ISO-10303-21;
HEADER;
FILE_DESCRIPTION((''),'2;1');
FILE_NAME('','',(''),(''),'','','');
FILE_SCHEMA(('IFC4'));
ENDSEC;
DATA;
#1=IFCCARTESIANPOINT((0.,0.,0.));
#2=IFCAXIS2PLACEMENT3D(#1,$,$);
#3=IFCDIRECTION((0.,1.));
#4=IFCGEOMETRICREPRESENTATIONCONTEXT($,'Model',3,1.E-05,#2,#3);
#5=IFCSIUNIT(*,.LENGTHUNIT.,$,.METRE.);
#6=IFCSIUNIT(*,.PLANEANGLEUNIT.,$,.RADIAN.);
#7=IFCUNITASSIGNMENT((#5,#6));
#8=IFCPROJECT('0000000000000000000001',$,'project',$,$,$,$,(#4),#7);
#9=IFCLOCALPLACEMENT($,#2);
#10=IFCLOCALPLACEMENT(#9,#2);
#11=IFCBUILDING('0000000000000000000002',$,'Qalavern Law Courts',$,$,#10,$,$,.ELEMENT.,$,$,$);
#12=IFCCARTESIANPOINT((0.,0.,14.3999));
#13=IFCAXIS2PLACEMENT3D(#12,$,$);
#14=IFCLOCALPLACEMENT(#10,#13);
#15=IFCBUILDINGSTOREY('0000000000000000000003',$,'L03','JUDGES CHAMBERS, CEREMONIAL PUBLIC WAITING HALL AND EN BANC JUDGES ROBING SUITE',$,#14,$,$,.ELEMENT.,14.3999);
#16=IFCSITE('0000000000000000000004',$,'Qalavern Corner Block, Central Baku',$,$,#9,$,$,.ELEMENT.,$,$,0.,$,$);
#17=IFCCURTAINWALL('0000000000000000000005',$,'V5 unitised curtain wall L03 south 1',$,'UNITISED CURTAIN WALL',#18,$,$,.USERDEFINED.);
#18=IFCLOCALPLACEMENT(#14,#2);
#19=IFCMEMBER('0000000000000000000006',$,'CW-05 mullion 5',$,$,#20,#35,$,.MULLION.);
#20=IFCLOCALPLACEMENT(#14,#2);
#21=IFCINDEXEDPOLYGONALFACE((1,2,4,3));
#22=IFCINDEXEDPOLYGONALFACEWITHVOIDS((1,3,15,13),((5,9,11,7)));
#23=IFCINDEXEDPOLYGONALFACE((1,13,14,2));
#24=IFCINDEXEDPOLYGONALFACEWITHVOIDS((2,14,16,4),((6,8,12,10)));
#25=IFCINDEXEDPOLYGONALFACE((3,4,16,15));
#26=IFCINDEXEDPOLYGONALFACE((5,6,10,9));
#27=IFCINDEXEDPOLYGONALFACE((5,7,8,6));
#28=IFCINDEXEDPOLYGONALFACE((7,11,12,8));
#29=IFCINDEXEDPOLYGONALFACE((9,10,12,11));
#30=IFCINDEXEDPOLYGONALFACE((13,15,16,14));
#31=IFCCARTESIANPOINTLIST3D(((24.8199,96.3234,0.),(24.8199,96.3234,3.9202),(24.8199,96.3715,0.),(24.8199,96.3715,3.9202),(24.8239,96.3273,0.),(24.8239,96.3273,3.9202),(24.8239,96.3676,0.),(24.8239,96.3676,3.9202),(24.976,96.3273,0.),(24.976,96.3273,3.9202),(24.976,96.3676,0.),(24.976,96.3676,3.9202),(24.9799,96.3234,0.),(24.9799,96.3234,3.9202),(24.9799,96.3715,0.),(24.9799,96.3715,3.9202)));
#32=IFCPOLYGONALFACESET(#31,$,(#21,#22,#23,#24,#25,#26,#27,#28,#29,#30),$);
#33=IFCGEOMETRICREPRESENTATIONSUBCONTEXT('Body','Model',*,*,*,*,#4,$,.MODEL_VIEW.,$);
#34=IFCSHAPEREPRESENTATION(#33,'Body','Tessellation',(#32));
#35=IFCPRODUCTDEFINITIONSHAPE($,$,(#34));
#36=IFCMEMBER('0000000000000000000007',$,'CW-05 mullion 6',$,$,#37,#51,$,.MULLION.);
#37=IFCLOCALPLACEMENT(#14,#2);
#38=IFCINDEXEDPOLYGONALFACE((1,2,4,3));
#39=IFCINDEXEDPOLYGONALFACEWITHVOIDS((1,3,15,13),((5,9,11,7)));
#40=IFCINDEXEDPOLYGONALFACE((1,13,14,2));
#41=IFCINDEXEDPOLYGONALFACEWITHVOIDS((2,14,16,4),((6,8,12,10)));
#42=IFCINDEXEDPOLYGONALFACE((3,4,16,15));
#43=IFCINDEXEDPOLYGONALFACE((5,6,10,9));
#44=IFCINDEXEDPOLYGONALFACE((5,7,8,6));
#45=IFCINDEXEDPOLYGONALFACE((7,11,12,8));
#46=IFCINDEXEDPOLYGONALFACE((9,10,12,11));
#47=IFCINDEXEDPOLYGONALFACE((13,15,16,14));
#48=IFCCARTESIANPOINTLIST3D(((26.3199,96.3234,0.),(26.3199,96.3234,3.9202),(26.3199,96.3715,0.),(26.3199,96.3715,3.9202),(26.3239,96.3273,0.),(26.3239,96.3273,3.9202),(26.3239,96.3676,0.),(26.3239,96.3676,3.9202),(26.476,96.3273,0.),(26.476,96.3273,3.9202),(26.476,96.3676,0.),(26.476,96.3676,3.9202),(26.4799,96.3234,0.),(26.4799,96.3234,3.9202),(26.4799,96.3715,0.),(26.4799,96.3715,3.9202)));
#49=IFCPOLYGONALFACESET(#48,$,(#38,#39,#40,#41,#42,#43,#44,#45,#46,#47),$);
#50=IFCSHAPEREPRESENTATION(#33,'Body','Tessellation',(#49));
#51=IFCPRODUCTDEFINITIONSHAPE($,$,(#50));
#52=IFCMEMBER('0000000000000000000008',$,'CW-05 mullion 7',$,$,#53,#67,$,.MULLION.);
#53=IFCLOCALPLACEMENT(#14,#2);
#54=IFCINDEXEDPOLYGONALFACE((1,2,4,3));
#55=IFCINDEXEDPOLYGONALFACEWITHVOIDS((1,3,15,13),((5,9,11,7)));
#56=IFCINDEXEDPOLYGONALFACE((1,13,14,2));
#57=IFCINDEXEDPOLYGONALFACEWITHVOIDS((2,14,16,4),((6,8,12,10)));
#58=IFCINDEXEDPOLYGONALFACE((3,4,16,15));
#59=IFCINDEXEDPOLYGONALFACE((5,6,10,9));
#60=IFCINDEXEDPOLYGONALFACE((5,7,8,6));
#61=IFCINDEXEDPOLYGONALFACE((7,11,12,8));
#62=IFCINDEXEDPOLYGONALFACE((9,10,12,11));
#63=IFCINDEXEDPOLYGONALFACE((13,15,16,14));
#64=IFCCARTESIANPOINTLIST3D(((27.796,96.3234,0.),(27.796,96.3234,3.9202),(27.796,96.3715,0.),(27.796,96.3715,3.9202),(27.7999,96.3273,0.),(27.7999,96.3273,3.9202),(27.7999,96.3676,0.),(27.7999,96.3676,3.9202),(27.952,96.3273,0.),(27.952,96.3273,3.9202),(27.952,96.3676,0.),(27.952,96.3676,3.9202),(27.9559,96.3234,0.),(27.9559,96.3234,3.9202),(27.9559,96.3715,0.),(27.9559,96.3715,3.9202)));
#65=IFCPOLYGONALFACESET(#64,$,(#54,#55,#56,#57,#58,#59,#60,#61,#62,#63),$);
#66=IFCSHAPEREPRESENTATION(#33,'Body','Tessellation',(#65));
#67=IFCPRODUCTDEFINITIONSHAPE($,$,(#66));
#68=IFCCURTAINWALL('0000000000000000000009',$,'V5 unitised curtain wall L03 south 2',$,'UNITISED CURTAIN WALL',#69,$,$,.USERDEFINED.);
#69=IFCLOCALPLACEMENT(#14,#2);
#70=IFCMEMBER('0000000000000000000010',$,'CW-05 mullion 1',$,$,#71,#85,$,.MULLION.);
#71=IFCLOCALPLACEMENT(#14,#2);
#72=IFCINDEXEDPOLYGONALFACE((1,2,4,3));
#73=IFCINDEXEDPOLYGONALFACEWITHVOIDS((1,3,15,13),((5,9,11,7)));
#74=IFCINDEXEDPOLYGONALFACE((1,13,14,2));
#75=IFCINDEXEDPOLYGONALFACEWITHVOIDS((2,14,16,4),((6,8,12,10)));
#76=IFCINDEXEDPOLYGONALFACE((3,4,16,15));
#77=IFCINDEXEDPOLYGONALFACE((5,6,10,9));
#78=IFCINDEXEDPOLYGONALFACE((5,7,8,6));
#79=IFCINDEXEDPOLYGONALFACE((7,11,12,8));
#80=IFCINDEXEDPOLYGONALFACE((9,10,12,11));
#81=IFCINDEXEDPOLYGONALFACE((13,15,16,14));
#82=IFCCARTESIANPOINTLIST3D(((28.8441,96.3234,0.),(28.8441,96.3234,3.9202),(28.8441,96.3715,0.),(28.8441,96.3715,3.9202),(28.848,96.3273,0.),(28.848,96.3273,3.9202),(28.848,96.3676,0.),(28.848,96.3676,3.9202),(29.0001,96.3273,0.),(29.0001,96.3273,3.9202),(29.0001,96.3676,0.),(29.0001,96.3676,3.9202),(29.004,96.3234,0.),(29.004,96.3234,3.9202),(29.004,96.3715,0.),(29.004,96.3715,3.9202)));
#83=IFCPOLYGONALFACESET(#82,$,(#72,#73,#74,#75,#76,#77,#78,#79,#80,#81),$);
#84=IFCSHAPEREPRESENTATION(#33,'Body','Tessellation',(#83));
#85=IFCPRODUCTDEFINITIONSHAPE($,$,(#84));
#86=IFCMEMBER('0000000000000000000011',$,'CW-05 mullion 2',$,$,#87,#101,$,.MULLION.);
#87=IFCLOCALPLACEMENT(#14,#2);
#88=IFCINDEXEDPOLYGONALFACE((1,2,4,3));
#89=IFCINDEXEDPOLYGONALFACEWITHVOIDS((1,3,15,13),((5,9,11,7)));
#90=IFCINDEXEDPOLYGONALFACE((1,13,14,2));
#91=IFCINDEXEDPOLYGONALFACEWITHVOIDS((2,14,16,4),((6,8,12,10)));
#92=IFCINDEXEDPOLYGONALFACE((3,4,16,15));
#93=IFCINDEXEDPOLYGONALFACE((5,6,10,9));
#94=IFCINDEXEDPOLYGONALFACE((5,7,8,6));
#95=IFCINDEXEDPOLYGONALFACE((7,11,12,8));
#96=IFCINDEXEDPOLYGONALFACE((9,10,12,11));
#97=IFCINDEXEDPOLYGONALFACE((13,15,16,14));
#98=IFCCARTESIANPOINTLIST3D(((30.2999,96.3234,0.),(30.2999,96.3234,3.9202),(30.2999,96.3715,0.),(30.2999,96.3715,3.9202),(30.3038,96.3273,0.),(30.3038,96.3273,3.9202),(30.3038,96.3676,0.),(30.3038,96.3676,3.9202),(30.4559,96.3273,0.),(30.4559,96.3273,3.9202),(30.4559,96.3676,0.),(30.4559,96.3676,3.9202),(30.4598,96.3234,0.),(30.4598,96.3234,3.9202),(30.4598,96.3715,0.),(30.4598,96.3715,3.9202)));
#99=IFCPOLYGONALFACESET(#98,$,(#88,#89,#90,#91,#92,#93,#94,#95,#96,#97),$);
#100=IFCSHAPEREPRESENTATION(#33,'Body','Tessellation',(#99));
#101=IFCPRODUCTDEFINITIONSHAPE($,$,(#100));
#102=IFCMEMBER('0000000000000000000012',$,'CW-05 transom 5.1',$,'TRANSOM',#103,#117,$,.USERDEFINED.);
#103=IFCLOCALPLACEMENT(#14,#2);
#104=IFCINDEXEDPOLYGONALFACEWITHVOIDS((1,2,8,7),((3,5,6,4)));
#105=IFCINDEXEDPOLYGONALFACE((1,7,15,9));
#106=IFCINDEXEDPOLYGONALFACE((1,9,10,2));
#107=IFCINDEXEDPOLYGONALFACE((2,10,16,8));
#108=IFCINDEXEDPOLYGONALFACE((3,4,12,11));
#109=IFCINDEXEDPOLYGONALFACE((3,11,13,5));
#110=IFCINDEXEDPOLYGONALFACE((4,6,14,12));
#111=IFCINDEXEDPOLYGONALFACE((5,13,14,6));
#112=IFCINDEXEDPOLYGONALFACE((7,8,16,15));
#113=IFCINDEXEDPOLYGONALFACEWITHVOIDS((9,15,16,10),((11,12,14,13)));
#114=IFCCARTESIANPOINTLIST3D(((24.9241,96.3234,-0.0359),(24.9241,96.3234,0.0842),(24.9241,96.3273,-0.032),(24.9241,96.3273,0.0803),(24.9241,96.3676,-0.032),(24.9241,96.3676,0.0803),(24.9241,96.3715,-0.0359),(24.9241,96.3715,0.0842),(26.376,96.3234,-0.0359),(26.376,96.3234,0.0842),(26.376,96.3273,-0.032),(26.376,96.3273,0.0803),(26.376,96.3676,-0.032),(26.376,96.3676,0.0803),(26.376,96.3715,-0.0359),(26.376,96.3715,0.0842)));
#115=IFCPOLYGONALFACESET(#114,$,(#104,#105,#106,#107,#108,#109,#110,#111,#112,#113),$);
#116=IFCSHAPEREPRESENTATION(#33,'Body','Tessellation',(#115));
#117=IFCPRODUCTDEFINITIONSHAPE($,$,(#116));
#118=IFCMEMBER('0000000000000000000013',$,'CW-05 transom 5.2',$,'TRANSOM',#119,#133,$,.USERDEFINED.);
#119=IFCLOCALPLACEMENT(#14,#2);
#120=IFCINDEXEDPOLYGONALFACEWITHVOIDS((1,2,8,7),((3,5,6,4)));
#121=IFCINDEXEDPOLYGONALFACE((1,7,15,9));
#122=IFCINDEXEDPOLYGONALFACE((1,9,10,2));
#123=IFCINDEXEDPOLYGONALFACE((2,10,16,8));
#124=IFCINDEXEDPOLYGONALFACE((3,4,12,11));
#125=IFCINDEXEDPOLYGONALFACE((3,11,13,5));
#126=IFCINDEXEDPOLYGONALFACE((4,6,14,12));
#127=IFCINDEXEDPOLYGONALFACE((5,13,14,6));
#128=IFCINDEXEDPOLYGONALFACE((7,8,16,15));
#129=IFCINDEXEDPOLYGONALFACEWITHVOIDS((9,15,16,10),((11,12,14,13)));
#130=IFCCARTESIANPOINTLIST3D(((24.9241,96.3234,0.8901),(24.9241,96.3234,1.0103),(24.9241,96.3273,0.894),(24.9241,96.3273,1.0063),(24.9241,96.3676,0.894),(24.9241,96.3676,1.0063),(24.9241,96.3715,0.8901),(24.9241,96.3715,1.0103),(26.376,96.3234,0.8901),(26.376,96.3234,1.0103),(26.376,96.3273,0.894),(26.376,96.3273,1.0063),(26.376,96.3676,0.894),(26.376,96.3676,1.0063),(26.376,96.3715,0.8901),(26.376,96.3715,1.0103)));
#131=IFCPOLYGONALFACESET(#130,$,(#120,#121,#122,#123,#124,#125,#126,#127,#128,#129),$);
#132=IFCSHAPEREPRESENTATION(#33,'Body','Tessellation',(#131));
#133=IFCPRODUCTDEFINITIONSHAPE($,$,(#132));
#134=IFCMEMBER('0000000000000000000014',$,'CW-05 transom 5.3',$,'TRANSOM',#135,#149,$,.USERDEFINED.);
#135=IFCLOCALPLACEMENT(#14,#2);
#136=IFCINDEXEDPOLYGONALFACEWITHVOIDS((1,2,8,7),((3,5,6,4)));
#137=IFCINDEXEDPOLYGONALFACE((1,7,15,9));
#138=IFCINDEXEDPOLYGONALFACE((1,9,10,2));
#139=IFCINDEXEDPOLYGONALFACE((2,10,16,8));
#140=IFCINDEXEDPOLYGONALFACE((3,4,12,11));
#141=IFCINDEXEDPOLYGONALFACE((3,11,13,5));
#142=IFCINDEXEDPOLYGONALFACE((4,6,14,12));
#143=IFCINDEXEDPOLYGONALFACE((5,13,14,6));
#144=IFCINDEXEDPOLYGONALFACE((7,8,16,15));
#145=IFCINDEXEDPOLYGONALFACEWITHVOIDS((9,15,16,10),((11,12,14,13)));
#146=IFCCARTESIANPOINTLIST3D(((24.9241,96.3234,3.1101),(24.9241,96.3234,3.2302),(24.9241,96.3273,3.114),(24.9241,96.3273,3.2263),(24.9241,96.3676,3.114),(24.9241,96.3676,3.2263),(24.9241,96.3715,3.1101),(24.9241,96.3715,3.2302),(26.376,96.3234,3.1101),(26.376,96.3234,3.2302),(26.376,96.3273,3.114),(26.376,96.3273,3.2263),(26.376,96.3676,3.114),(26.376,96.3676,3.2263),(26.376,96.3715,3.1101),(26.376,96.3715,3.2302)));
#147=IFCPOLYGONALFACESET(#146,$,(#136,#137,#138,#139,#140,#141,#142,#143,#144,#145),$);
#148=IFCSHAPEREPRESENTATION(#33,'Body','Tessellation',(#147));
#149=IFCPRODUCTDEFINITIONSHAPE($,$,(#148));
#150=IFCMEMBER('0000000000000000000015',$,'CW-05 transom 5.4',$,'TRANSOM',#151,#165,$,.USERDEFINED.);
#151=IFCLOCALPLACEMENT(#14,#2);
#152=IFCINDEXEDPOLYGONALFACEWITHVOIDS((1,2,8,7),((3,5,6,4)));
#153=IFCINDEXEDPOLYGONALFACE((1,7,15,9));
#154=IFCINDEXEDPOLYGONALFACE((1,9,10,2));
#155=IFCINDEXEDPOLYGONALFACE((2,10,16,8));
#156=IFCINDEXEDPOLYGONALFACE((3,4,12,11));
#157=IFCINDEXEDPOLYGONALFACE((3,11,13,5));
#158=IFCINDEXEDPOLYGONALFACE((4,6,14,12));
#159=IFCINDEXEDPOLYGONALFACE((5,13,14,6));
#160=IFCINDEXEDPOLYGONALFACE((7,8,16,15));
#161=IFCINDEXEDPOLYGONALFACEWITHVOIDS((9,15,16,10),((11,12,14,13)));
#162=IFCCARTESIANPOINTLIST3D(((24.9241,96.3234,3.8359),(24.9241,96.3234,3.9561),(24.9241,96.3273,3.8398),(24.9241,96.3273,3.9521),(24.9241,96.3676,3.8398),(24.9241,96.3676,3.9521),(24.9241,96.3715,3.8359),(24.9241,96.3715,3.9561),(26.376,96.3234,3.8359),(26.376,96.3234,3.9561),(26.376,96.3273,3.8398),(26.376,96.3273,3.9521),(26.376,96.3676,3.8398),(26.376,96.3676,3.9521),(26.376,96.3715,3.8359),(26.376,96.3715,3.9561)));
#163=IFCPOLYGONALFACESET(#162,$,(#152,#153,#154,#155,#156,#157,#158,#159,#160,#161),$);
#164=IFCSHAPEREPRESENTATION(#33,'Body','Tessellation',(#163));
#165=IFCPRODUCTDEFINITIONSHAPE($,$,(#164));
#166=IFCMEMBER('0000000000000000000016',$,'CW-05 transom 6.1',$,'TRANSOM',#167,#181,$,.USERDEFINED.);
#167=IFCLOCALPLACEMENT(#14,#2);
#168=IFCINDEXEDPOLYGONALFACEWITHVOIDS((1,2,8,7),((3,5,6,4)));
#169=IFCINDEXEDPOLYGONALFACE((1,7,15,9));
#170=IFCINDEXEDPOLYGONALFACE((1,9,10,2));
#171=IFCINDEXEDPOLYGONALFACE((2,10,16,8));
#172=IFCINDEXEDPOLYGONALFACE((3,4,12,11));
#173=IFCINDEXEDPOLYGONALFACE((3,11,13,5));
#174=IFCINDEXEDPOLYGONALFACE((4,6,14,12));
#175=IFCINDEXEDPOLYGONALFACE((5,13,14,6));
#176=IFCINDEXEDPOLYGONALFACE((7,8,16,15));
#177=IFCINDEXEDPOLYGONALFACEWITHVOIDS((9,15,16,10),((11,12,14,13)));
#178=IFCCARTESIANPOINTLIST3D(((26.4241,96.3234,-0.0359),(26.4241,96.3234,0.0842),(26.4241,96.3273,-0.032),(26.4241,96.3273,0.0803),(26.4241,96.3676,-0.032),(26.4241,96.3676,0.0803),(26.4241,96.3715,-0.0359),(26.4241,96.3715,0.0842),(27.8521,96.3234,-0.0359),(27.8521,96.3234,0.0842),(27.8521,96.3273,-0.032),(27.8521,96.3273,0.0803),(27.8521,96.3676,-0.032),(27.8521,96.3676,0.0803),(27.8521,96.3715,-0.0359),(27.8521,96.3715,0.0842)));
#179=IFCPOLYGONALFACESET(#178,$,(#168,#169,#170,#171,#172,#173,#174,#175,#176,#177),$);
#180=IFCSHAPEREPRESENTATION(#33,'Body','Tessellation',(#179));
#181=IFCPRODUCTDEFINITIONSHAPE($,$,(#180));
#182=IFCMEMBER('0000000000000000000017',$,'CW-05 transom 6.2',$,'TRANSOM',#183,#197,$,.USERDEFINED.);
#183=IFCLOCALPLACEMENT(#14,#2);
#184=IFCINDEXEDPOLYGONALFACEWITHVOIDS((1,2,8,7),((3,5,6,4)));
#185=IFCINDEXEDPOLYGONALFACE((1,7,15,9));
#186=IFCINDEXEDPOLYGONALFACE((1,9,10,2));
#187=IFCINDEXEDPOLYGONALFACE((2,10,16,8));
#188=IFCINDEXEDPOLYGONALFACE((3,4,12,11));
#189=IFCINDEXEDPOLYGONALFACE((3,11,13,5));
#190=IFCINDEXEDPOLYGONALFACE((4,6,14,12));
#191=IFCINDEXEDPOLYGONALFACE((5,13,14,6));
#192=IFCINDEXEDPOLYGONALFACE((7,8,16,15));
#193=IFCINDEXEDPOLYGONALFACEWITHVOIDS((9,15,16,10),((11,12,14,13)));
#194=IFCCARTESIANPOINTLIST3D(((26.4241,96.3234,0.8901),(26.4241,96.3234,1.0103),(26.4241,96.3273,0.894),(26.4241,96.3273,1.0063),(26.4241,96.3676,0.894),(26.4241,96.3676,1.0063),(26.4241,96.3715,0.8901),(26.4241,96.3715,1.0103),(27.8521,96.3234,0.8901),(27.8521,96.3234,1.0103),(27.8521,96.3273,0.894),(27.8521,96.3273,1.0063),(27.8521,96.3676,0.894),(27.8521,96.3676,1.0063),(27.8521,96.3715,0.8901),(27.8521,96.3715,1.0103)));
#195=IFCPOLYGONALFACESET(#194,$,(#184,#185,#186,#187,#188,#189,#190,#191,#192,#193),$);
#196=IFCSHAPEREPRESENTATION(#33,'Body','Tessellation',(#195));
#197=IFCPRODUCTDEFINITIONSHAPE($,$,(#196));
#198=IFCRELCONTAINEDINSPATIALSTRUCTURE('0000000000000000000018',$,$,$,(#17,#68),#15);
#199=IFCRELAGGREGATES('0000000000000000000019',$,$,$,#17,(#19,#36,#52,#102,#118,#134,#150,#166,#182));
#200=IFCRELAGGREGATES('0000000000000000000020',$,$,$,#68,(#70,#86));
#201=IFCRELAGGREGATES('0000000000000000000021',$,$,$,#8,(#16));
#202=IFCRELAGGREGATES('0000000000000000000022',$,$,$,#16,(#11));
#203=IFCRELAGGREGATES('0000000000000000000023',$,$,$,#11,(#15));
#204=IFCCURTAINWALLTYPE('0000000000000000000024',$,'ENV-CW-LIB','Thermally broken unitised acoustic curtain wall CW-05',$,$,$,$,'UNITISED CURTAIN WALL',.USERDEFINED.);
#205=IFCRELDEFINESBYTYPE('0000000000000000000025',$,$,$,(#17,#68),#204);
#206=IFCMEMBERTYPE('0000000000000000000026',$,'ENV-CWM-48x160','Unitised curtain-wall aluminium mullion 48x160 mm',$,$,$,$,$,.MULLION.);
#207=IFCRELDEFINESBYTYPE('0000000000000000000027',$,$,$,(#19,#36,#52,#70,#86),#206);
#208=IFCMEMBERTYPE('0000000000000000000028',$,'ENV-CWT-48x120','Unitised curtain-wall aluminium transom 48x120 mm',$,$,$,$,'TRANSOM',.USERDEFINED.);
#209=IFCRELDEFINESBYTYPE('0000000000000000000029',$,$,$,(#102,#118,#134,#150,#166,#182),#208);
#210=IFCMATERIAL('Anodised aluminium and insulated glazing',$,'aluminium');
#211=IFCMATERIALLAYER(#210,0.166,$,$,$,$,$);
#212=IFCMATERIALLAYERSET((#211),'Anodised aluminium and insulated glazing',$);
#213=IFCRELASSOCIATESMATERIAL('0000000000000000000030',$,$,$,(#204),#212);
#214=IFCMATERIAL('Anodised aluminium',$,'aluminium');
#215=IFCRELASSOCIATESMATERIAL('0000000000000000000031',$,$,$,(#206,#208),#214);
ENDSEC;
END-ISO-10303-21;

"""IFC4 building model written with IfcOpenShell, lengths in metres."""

from ifc_helpers import new_model, si_unit, direction, frame, origin, origin_2d, place, context, subcontext, project, spatial, hollow_rectangle, extrude, material, layer, layer_set, material_profile, profile_set, type_object, element, aggregate, save


model = new_model("IFC4")

# Units and contexts
model_context = context("Model", 3, precision=1e-05, world=origin(), true_north=direction((0.0, 1.0)))
body_context = subcontext(model_context, "Body", "Model", "MODEL_VIEW")
ifc_project = project(units=[si_unit("LENGTHUNIT", "METRE"), si_unit("PLANEANGLEUNIT", "RADIAN")], contexts=[model_context])

# Site, building, storey
site_placement = place(None, origin())
site = spatial("IfcSite", under=ifc_project, at=site_placement, Name="Qalavern Corner Block, Central Baku", CompositionType="ELEMENT", RefElevation=0.0)
building_placement = place(site_placement, origin())
building = spatial("IfcBuilding", under=site, at=building_placement, Name="Qalavern Law Courts", CompositionType="ELEMENT")
storey_placement = place(building_placement, frame((0.0, 0.0, 14.3999)))
storey = spatial("IfcBuildingStorey", under=building, at=storey_placement, Name="L03", Description="JUDGES CHAMBERS, CEREMONIAL PUBLIC WAITING HALL AND EN BANC JUDGES ROBING SUITE", CompositionType="ELEMENT", Elevation=14.3999)

# Curtain walls, members
ifc_material_1 = material(Name="Anodised aluminium and insulated glazing", Category="aluminium")
ifc_layer_1 = layer(ifc_material_1, 0.166)
ifc_layer_set_1 = layer_set([ifc_layer_1], Name="Anodised aluminium and insulated glazing")
curtain_wall_type = type_object("IfcCurtainWallType", Name="ENV-CW-LIB", Description="Thermally broken unitised acoustic curtain wall CW-05", ElementType="UNITISED CURTAIN WALL", PredefinedType="USERDEFINED", material=ifc_layer_set_1)
curtain_wall_1_placement = place(storey_placement, origin())
curtain_wall_1 = element("IfcCurtainWall", 1, at=curtain_wall_1_placement, inside=storey, type_object=curtain_wall_type, Name="V5 unitised curtain wall L03 south 1", ObjectType="UNITISED CURTAIN WALL", PredefinedType="USERDEFINED")
ifc_material_2 = material(Name="Anodised aluminium", Category="aluminium")
ifc_material_profile_1 = material_profile(ifc_material_2, hollow_rectangle(XDim=0.0481, YDim=0.1599, WallThickness=0.0039, at=origin_2d()), Name="ALU MULLION 48x160")
ifc_profile_set_1 = profile_set([ifc_material_profile_1], Name="Anodised aluminium")
member_type_1 = type_object("IfcMemberType", Name="ENV-CWM-48x160", Description="Unitised curtain-wall aluminium mullion 48x160 mm", PredefinedType="MULLION", material=ifc_profile_set_1)
member_1_placement = place(storey_placement, frame((24.8999, 96.3474, 0.0), z_axis=(0.0, 0.0, 1.0), x_axis=(0.0, 1.0, 0.0)))
member_1 = element("IfcMember", 2, at=member_1_placement, type_object=member_type_1, Name="CW-05 mullion 5", PredefinedType="MULLION", context=body_context, shape_type="SweptSolid", body=[
    extrude(hollow_rectangle(XDim=0.0481, YDim=0.1599, WallThickness=0.0039, at=origin_2d()), origin(), (0.0, 0.0, 1.0), 3.9202),
])
member_2_placement = place(storey_placement, frame((26.3999, 96.3474, 0.0), z_axis=(0.0, 0.0, 1.0), x_axis=(0.0, 1.0, 0.0)))
member_2 = element("IfcMember", 3, at=member_2_placement, type_object=member_type_1, Name="CW-05 mullion 6", PredefinedType="MULLION", context=body_context, shape_type="SweptSolid", body=[
    extrude(hollow_rectangle(XDim=0.0481, YDim=0.1599, WallThickness=0.0039, at=origin_2d()), origin(), (0.0, 0.0, 1.0), 3.9202),
])
member_3_placement = place(storey_placement, frame((27.876, 96.3474, 0.0), z_axis=(0.0, 0.0, 1.0), x_axis=(0.0, 1.0, 0.0)))
member_3 = element("IfcMember", 4, at=member_3_placement, type_object=member_type_1, Name="CW-05 mullion 7", PredefinedType="MULLION", context=body_context, shape_type="SweptSolid", body=[
    extrude(hollow_rectangle(XDim=0.0481, YDim=0.1599, WallThickness=0.0039, at=origin_2d()), origin(), (0.0, 0.0, 1.0), 3.9202),
])
curtain_wall_2_placement = place(storey_placement, origin())
curtain_wall_2 = element("IfcCurtainWall", 5, at=curtain_wall_2_placement, inside=storey, type_object=curtain_wall_type, Name="V5 unitised curtain wall L03 south 2", ObjectType="UNITISED CURTAIN WALL", PredefinedType="USERDEFINED")
member_4_placement = place(storey_placement, frame((28.9241, 96.3474, 0.0), z_axis=(0.0, 0.0, 1.0), x_axis=(0.0, 1.0, 0.0)))
member_4 = element("IfcMember", 6, at=member_4_placement, type_object=member_type_1, Name="CW-05 mullion 1", PredefinedType="MULLION", context=body_context, shape_type="SweptSolid", body=[
    extrude(hollow_rectangle(XDim=0.0481, YDim=0.1599, WallThickness=0.0039, at=origin_2d()), origin(), (0.0, 0.0, 1.0), 3.9202),
])
member_5_placement = place(storey_placement, frame((30.3799, 96.3474, 0.0), z_axis=(0.0, 0.0, 1.0), x_axis=(0.0, 1.0, 0.0)))
member_5 = element("IfcMember", 7, at=member_5_placement, type_object=member_type_1, Name="CW-05 mullion 2", PredefinedType="MULLION", context=body_context, shape_type="SweptSolid", body=[
    extrude(hollow_rectangle(XDim=0.0481, YDim=0.1599, WallThickness=0.0039, at=origin_2d()), origin(), (0.0, 0.0, 1.0), 3.9202),
])

# Members
ifc_material_profile_2 = material_profile(ifc_material_2, hollow_rectangle(XDim=0.0481, YDim=0.1201, WallThickness=0.0039, at=origin_2d()), Name="ALU TRANSOM 48x120")
ifc_profile_set_2 = profile_set([ifc_material_profile_2], Name="Anodised aluminium")
member_type_2 = type_object("IfcMemberType", Name="ENV-CWT-48x120", Description="Unitised curtain-wall aluminium transom 48x120 mm", ElementType="TRANSOM", PredefinedType="USERDEFINED", material=ifc_profile_set_2)
member_6_placement = place(storey_placement, frame((24.9241, 96.3474, 0.0242), z_axis=(1.0, 0.0, 0.0), x_axis=(0.0, 1.0, 0.0)))
member_6 = element("IfcMember", 8, at=member_6_placement, type_object=member_type_2, Name="CW-05 transom 5.1", ObjectType="TRANSOM", PredefinedType="USERDEFINED", context=body_context, shape_type="SweptSolid", body=[
    extrude(hollow_rectangle(XDim=0.0481, YDim=0.1201, WallThickness=0.0039, at=origin_2d()), origin(), (0.0, 0.0, 1.0), 1.4519),
])
member_7_placement = place(storey_placement, frame((24.9241, 96.3474, 0.9502), z_axis=(1.0, 0.0, 0.0), x_axis=(0.0, 1.0, 0.0)))
member_7 = element("IfcMember", 9, at=member_7_placement, type_object=member_type_2, Name="CW-05 transom 5.2", ObjectType="TRANSOM", PredefinedType="USERDEFINED", context=body_context, shape_type="SweptSolid", body=[
    extrude(hollow_rectangle(XDim=0.0481, YDim=0.1201, WallThickness=0.0039, at=origin_2d()), origin(), (0.0, 0.0, 1.0), 1.4519),
])
member_8_placement = place(storey_placement, frame((24.9241, 96.3474, 3.1702), z_axis=(1.0, 0.0, 0.0), x_axis=(0.0, 1.0, 0.0)))
member_8 = element("IfcMember", 10, at=member_8_placement, type_object=member_type_2, Name="CW-05 transom 5.3", ObjectType="TRANSOM", PredefinedType="USERDEFINED", context=body_context, shape_type="SweptSolid", body=[
    extrude(hollow_rectangle(XDim=0.0481, YDim=0.1201, WallThickness=0.0039, at=origin_2d()), origin(), (0.0, 0.0, 1.0), 1.4519),
])
member_9_placement = place(storey_placement, frame((24.9241, 96.3474, 3.896), z_axis=(1.0, 0.0, 0.0), x_axis=(0.0, 1.0, 0.0)))
member_9 = element("IfcMember", 11, at=member_9_placement, type_object=member_type_2, Name="CW-05 transom 5.4", ObjectType="TRANSOM", PredefinedType="USERDEFINED", context=body_context, shape_type="SweptSolid", body=[
    extrude(hollow_rectangle(XDim=0.0481, YDim=0.1201, WallThickness=0.0039, at=origin_2d()), origin(), (0.0, 0.0, 1.0), 1.4519),
])
member_10_placement = place(storey_placement, frame((26.4241, 96.3474, 0.0242), z_axis=(1.0, 0.0, 0.0), x_axis=(0.0, 1.0, 0.0)))
member_10 = element("IfcMember", 12, at=member_10_placement, type_object=member_type_2, Name="CW-05 transom 6.1", ObjectType="TRANSOM", PredefinedType="USERDEFINED", context=body_context, shape_type="SweptSolid", body=[
    extrude(hollow_rectangle(XDim=0.0481, YDim=0.1201, WallThickness=0.0039, at=origin_2d()), origin(), (0.0, 0.0, 1.0), 1.428),
])
member_11_placement = place(storey_placement, frame((26.4241, 96.3474, 0.9502), z_axis=(1.0, 0.0, 0.0), x_axis=(0.0, 1.0, 0.0)))
member_11 = element("IfcMember", 13, at=member_11_placement, type_object=member_type_2, Name="CW-05 transom 6.2", ObjectType="TRANSOM", PredefinedType="USERDEFINED", context=body_context, shape_type="SweptSolid", body=[
    extrude(hollow_rectangle(XDim=0.0481, YDim=0.1201, WallThickness=0.0039, at=origin_2d()), origin(), (0.0, 0.0, 1.0), 1.428),
])

aggregate(curtain_wall_1, [member_1, member_2, member_3, member_6, member_7, member_8, member_9, member_10, member_11])
aggregate(curtain_wall_2, [member_4, member_5])

save(model, "model.ifc")
